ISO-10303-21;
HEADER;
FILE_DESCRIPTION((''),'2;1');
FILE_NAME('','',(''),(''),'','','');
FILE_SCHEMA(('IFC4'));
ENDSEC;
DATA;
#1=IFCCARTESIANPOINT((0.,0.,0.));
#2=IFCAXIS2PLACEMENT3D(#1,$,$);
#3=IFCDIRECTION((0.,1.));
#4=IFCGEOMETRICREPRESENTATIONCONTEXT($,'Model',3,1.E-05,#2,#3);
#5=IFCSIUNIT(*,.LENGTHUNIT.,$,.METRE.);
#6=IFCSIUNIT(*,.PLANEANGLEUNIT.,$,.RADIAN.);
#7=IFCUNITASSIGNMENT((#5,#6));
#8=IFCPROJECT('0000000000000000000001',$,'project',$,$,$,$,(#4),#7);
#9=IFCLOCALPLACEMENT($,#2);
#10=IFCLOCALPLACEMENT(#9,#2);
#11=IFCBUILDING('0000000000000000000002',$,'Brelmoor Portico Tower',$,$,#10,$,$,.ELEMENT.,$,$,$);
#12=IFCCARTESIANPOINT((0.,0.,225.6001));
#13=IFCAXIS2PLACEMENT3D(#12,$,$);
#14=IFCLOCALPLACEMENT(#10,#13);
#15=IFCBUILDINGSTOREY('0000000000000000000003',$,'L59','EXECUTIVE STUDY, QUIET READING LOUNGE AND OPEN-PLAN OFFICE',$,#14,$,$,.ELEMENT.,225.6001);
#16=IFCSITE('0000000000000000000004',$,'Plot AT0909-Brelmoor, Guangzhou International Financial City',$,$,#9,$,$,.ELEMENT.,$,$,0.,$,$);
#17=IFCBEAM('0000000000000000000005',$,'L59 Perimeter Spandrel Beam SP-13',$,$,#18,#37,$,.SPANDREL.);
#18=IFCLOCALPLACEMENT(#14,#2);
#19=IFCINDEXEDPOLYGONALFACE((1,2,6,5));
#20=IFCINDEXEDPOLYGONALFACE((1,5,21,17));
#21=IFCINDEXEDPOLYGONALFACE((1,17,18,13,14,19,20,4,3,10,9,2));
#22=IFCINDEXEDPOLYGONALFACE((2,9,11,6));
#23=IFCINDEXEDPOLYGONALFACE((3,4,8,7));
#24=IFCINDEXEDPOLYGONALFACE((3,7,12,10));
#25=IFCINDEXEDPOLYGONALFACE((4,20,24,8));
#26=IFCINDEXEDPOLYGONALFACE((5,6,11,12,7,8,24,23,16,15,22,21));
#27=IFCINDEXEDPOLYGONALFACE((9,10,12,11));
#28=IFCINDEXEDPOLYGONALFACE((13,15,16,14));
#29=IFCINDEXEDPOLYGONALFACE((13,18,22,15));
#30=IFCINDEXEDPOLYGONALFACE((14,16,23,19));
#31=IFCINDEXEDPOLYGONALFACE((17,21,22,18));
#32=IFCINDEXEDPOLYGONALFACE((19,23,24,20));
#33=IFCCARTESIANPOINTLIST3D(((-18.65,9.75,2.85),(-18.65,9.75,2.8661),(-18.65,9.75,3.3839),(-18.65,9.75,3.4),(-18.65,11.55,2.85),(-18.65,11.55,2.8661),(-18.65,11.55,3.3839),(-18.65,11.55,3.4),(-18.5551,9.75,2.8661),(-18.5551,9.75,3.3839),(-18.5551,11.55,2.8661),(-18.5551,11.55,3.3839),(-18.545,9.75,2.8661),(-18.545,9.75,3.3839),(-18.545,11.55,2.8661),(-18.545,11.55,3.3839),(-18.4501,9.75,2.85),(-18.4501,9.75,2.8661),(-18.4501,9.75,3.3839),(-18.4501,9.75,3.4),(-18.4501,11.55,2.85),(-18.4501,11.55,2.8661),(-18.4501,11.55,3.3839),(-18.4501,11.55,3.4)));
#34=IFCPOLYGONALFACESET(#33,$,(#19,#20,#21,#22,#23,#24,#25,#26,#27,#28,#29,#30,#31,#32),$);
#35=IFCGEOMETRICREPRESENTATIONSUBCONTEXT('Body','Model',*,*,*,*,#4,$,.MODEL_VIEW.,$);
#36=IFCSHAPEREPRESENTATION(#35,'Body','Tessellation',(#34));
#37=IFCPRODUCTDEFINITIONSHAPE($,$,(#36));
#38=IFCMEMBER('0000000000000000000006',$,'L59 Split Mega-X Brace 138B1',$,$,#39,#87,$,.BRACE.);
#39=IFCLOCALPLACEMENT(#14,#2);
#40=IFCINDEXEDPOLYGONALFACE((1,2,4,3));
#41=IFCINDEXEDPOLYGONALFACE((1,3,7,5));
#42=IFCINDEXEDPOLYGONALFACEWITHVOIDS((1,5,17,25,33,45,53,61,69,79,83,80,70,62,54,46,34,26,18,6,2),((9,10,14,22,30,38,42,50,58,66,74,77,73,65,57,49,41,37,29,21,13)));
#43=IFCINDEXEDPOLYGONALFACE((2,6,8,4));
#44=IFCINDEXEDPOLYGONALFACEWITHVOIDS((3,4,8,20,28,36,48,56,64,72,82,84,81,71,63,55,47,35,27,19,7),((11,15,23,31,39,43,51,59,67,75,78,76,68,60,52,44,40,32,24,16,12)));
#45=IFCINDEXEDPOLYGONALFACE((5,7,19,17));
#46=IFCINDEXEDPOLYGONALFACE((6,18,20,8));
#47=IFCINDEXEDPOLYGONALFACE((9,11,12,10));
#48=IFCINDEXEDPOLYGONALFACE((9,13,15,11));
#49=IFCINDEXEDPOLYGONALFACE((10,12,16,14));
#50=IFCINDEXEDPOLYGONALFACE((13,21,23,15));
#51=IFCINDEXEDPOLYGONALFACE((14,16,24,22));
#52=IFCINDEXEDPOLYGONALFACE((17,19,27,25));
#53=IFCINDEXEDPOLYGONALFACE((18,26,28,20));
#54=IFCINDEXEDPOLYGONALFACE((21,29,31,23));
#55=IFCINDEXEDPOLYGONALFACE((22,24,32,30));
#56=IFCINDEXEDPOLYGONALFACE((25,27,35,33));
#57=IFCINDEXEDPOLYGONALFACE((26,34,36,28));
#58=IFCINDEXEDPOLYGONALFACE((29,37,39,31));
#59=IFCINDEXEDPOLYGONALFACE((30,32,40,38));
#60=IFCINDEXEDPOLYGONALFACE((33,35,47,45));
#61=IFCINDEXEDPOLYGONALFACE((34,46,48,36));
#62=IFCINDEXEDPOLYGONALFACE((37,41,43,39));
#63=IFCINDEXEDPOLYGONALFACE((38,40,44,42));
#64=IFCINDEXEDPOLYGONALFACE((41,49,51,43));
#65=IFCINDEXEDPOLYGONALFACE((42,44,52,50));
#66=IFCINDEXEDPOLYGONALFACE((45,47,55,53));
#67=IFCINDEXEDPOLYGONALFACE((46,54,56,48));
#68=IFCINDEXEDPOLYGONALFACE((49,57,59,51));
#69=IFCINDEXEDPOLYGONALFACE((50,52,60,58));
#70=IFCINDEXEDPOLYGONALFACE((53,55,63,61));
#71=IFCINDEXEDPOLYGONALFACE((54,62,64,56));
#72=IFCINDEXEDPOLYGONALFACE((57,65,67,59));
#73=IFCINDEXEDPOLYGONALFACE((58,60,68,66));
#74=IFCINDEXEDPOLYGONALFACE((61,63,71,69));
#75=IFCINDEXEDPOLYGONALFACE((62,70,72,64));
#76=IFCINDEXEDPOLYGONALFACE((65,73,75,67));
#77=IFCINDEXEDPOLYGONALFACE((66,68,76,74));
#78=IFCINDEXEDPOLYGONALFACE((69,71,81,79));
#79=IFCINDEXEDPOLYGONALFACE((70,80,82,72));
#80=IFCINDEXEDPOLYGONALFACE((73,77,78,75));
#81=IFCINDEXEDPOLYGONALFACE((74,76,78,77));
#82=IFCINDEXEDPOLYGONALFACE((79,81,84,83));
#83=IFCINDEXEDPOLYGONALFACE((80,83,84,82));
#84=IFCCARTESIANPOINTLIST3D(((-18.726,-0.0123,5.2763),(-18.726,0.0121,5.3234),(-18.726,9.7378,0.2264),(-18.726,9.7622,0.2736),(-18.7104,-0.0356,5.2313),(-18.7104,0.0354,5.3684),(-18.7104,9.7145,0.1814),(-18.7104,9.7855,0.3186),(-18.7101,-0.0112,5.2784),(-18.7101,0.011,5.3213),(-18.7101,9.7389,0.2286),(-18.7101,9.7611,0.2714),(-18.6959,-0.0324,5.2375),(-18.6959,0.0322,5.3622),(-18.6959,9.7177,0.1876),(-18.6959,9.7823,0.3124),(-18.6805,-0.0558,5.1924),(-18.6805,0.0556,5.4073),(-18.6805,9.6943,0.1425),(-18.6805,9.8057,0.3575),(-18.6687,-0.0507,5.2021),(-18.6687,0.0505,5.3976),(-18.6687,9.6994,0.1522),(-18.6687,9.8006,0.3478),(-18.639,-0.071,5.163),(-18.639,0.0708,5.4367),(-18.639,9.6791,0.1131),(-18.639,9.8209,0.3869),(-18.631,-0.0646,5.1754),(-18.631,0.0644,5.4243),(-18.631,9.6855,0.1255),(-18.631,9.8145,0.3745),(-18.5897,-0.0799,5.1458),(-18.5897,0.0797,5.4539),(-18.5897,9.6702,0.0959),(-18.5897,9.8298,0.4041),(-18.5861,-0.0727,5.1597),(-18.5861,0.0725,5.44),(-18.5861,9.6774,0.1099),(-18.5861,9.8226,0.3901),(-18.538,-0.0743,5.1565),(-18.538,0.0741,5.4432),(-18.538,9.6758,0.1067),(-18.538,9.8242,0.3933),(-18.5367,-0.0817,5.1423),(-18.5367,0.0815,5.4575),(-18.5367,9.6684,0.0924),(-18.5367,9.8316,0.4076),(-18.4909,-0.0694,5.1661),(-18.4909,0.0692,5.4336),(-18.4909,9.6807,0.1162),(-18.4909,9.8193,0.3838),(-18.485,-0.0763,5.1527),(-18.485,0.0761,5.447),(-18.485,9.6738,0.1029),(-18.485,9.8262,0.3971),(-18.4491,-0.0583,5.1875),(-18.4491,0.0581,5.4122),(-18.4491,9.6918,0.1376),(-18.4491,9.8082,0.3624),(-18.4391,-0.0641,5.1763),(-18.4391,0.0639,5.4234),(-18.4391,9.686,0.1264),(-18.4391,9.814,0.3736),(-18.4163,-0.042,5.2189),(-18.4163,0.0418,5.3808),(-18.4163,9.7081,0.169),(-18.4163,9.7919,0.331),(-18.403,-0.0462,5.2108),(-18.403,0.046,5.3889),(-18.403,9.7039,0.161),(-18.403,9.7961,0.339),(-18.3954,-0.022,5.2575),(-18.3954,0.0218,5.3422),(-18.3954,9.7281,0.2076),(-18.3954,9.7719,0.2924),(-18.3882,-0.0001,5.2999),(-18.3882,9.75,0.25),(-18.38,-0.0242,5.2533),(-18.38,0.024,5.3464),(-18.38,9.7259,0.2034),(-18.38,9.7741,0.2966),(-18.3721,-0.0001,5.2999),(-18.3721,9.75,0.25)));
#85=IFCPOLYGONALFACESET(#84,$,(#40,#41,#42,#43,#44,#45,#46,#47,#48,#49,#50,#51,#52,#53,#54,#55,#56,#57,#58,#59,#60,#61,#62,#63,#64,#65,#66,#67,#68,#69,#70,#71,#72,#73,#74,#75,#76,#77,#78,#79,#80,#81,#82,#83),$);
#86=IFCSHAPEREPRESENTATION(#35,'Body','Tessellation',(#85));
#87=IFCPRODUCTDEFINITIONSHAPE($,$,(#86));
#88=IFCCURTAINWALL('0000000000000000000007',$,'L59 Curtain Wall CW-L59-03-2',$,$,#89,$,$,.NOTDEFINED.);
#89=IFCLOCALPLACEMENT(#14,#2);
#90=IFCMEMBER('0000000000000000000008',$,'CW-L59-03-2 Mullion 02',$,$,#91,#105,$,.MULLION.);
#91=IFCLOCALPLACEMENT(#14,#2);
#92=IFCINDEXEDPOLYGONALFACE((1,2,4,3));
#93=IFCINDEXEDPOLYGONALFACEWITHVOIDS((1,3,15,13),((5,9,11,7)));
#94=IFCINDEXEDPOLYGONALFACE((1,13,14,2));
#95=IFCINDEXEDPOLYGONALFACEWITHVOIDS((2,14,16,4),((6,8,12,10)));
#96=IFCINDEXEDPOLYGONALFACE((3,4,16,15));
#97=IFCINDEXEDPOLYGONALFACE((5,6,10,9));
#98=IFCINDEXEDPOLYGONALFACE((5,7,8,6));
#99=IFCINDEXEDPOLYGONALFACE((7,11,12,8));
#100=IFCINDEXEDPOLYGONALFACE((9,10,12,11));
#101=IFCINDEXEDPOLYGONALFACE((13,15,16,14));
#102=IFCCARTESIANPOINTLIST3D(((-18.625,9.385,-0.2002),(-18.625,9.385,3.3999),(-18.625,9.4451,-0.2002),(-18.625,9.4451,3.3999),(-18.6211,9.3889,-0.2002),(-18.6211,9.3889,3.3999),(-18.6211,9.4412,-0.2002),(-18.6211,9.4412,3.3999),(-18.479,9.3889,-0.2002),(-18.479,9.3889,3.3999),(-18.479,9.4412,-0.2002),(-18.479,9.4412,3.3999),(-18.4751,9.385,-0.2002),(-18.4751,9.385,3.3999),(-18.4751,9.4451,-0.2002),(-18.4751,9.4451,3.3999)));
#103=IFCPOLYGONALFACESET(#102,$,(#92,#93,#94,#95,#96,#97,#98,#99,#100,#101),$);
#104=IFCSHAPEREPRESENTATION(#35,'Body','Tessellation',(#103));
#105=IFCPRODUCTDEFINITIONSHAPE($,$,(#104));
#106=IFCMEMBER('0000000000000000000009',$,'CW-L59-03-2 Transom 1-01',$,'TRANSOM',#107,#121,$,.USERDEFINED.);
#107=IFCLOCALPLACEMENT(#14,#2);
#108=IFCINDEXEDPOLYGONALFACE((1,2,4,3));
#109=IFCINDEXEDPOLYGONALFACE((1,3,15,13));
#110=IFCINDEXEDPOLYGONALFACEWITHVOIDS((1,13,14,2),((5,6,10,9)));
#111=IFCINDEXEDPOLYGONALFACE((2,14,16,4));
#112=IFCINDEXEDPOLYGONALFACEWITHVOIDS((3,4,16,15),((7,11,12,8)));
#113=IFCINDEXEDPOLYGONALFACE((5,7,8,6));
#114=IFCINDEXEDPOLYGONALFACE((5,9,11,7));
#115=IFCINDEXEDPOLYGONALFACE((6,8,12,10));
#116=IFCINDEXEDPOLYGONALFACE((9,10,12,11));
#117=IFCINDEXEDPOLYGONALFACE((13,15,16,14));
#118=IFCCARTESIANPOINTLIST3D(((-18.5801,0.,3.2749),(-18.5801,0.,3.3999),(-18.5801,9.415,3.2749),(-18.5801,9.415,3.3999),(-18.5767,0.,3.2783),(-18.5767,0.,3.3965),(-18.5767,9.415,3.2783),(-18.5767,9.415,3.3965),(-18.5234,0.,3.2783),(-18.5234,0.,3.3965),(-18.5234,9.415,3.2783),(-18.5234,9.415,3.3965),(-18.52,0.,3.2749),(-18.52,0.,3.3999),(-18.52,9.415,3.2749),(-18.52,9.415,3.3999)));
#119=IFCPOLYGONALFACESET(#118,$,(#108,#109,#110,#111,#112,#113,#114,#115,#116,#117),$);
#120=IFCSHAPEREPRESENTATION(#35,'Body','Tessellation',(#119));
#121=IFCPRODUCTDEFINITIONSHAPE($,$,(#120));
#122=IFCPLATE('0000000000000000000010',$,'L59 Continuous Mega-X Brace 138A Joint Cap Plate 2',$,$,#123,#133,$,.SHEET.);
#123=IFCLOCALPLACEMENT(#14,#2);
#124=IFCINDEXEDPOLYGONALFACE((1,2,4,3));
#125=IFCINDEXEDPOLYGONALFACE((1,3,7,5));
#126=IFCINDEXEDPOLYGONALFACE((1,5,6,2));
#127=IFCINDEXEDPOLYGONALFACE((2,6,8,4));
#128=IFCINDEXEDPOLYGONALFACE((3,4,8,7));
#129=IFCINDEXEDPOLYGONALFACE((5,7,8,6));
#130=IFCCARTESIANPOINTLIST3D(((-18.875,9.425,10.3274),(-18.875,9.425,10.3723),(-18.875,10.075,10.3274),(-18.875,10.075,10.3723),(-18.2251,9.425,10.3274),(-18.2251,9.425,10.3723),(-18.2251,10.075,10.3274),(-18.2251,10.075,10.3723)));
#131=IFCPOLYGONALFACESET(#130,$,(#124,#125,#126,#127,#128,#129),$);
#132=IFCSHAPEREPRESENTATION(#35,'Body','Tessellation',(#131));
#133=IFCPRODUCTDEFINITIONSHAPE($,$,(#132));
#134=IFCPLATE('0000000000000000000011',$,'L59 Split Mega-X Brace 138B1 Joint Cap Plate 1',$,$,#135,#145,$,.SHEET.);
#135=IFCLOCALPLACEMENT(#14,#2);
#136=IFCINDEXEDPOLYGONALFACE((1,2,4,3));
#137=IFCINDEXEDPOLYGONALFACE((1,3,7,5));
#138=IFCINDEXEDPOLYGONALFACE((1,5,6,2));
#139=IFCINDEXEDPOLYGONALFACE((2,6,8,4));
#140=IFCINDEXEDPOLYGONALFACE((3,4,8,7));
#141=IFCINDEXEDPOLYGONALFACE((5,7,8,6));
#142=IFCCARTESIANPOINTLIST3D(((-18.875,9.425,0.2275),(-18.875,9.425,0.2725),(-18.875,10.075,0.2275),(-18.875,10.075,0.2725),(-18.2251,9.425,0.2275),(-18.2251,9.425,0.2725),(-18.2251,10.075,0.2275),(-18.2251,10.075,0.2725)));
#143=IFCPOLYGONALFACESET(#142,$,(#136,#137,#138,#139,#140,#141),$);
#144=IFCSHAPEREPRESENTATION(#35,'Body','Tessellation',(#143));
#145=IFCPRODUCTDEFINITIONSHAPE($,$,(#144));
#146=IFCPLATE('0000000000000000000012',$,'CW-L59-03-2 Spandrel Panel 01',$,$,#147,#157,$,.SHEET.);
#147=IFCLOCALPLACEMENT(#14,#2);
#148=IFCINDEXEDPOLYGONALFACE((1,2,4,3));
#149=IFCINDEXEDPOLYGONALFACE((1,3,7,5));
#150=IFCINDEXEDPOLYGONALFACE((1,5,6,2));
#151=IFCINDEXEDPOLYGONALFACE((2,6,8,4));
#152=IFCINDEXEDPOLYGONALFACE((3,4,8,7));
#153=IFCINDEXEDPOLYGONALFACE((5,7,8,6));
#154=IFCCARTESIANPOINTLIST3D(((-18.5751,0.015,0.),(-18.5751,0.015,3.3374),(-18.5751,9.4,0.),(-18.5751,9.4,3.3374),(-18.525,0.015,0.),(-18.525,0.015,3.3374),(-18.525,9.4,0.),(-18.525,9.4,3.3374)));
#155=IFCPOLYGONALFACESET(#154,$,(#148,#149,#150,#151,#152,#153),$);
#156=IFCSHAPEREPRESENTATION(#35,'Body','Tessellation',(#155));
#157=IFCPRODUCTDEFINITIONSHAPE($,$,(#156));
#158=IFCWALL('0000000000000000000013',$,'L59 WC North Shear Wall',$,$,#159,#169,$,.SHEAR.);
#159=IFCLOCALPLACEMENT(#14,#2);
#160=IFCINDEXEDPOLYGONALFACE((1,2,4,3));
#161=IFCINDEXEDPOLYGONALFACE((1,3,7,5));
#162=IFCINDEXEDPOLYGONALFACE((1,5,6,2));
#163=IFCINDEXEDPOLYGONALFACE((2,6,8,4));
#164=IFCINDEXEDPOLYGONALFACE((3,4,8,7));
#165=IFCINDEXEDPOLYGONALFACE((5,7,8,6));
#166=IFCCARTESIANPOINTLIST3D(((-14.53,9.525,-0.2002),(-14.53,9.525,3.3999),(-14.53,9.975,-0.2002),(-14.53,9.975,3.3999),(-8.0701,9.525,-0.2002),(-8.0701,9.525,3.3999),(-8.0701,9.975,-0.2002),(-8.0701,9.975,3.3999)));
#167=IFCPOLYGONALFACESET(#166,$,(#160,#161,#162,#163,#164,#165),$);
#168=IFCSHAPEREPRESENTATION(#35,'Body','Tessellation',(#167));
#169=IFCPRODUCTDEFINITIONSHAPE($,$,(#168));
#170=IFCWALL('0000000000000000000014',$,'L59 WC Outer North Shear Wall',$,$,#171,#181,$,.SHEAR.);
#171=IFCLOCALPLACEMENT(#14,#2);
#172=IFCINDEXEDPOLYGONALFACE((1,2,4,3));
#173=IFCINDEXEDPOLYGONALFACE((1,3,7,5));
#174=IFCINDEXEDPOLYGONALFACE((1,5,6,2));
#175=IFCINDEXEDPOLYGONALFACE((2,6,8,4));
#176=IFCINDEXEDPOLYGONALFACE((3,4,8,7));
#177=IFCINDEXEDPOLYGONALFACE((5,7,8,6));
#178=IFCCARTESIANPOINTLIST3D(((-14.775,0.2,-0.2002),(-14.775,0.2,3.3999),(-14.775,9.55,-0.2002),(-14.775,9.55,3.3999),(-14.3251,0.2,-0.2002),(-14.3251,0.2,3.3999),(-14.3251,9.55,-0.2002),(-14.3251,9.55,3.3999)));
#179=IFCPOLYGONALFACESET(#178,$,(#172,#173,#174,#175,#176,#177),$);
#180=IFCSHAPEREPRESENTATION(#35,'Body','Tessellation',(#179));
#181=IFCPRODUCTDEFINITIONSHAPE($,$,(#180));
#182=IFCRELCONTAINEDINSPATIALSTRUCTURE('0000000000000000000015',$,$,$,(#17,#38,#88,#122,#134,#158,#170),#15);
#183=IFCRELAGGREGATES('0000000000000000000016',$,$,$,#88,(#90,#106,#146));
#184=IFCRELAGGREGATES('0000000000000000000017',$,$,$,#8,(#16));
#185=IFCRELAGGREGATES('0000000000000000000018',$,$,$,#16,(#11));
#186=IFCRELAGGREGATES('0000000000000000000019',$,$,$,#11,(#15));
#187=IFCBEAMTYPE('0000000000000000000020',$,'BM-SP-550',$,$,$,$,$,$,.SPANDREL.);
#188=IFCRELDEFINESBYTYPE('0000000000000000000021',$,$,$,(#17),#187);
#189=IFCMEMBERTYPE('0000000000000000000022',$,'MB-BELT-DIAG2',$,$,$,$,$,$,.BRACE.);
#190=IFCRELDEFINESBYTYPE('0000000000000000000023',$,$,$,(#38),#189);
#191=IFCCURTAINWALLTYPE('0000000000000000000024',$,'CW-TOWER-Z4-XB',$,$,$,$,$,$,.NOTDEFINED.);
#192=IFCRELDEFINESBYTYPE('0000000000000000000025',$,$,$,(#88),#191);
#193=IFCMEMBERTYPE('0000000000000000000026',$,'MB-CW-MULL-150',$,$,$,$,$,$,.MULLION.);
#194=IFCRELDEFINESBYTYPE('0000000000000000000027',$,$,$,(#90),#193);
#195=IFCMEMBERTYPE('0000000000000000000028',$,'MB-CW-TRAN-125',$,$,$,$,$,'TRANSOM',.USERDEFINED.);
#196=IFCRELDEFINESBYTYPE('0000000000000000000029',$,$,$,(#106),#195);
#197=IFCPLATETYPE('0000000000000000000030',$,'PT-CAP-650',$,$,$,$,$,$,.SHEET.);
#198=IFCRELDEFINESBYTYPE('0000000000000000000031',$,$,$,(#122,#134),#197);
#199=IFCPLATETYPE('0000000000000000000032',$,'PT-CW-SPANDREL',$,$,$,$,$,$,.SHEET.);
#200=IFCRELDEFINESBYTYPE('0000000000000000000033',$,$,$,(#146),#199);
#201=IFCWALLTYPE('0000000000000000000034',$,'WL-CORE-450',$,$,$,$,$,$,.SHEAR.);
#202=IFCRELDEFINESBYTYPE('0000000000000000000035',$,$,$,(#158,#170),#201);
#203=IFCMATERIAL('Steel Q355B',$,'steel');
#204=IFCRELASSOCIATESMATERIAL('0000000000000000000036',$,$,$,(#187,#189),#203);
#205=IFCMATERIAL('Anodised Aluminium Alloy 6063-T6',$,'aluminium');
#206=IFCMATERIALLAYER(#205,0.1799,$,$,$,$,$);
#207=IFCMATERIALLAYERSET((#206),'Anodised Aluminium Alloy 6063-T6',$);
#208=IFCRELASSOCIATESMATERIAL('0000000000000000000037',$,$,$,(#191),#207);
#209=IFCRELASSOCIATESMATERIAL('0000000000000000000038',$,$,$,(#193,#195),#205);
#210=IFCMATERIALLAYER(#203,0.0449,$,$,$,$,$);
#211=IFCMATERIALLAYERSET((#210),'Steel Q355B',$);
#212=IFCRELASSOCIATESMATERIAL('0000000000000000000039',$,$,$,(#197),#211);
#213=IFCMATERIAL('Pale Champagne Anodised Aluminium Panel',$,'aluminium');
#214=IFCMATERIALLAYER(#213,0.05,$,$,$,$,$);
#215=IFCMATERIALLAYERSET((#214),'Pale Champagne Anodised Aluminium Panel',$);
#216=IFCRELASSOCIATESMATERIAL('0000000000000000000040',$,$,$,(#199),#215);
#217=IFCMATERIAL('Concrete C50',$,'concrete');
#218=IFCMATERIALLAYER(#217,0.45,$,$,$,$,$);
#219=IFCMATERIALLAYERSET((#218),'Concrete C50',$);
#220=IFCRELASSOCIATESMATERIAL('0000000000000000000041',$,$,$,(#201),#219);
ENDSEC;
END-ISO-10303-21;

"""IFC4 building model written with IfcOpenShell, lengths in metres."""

from ifc_helpers import new_model, si_unit, direction, frame, frame_2d, origin, origin_2d, place, context, subcontext, project, spatial, rectangle, hollow_rectangle, hollow_circle, i_section, extrude, material, layer, layer_set, material_profile, profile_set, type_object, element, aggregate, save


model = new_model("IFC4")

# Units and contexts
model_context = context("Model", 3, precision=1e-05, world=origin(), true_north=direction((0.0, 1.0)))
body_context = subcontext(model_context, "Body", "Model", "MODEL_VIEW")
ifc_project = project(units=[si_unit("LENGTHUNIT", "METRE"), si_unit("PLANEANGLEUNIT", "RADIAN")], contexts=[model_context])

# Site, building, storey
site_placement = place(None, origin())
site = spatial("IfcSite", under=ifc_project, at=site_placement, Name="Plot AT0909-Brelmoor, Guangzhou International Financial City", CompositionType="ELEMENT", RefElevation=0.0)
building_placement = place(site_placement, origin())
building = spatial("IfcBuilding", under=site, at=building_placement, Name="Brelmoor Portico Tower", CompositionType="ELEMENT")
storey_placement = place(building_placement, frame((0.0, 0.0, 225.6001)))
storey = spatial("IfcBuildingStorey", under=building, at=storey_placement, Name="L59", Description="EXECUTIVE STUDY, QUIET READING LOUNGE AND OPEN-PLAN OFFICE", CompositionType="ELEMENT", Elevation=225.6001)

# Shared definitions
ifc_material_1 = material(Name="Steel Q355B", Category="steel")

# Beam
ifc_material_profile_1 = material_profile(ifc_material_1, i_section(OverallWidth=0.2, OverallDepth=0.55, WebThickness=0.01, FlangeThickness=0.0161, at=origin_2d()), Name="HN 550x200x10x16")
ifc_profile_set_1 = profile_set([ifc_material_profile_1], Name="Steel Q355B")
beam_type_1 = type_object("IfcBeamType", Name="BM-SP-550", PredefinedType="SPANDREL", material=ifc_profile_set_1)
beam_1_placement = place(storey_placement, frame((-18.55, 9.75, 3.125), z_axis=(0.0, 1.0, 0.0), x_axis=(-1.0, 0.0, 0.0)))
element("IfcBeam", 1, at=beam_1_placement, inside=storey, type_object=beam_type_1, Name="L59 Perimeter Spandrel Beam SP-13", PredefinedType="SPANDREL", context=body_context, shape_type="SweptSolid", body=[
    extrude(i_section(OverallWidth=0.2, OverallDepth=0.55, WebThickness=0.01, FlangeThickness=0.0161, at=origin_2d()), origin(), (0.0, 0.0, 1.0), 1.8),
])

# Member
ifc_material_profile_2 = material_profile(ifc_material_1, hollow_circle(Radius=0.178, WallThickness=0.0161, at=origin_2d()), Name="CHS 356x16")
ifc_profile_set_2 = profile_set([ifc_material_profile_2], Name="Steel Q355B")
member_type_1 = type_object("IfcMemberType", Name="MB-BELT-DIAG2", PredefinedType="BRACE", material=ifc_profile_set_2)
member_1_placement = place(storey_placement, frame((-18.55, 9.75, 0.25), z_axis=(0.0, -0.887968, 0.459904), x_axis=(1.0, 0.0, 0.0)))
element("IfcMember", 2, at=member_1_placement, inside=storey, type_object=member_type_1, Name="L59 Split Mega-X Brace 138B1", PredefinedType="BRACE", context=body_context, shape_type="SweptSolid", body=[
    extrude(hollow_circle(Radius=0.178, WallThickness=0.0161, at=origin_2d()), origin(), (0.0, 0.0, 1.0), 10.9802),
])

# Curtain wall, members
ifc_material_2 = material(Name="Anodised Aluminium Alloy 6063-T6", Category="aluminium")
ifc_layer_1 = layer(ifc_material_2, 0.1799)
ifc_layer_set_1 = layer_set([ifc_layer_1], Name="Anodised Aluminium Alloy 6063-T6")
curtain_wall_type = type_object("IfcCurtainWallType", Name="CW-TOWER-Z4-XB", PredefinedType="NOTDEFINED", material=ifc_layer_set_1)
curtain_wall_placement = place(storey_placement, origin())
curtain_wall = element("IfcCurtainWall", 3, at=curtain_wall_placement, inside=storey, type_object=curtain_wall_type, Name="L59 Curtain Wall CW-L59-03-2", PredefinedType="NOTDEFINED")
ifc_material_profile_3 = material_profile(ifc_material_2, hollow_rectangle(XDim=0.0601, YDim=0.1499, WallThickness=0.0039, at=origin_2d()), Name="ALU MULLION 60x150")
ifc_profile_set_3 = profile_set([ifc_material_profile_3], Name="Anodised Aluminium Alloy 6063-T6")
member_type_2 = type_object("IfcMemberType", Name="MB-CW-MULL-150", PredefinedType="MULLION", material=ifc_profile_set_3)
member_2_placement = place(storey_placement, frame((-18.55, 9.415, -0.2002), z_axis=(0.0, 0.0, 1.0), x_axis=(0.0, 1.0, 0.0)))
member_2 = element("IfcMember", 4, at=member_2_placement, type_object=member_type_2, Name="CW-L59-03-2 Mullion 02", PredefinedType="MULLION", context=body_context, shape_type="SweptSolid", body=[
    extrude(hollow_rectangle(XDim=0.0601, YDim=0.1499, WallThickness=0.0039, at=origin_2d()), origin(), (0.0, 0.0, 1.0), 3.6001),
])
ifc_material_profile_4 = material_profile(ifc_material_2, hollow_rectangle(XDim=0.0601, YDim=0.125, WallThickness=0.0034, at=origin_2d()), Name="ALU TRANSOM 60x125")
ifc_profile_set_4 = profile_set([ifc_material_profile_4], Name="Anodised Aluminium Alloy 6063-T6")
member_type_3 = type_object("IfcMemberType", Name="MB-CW-TRAN-125", ElementType="TRANSOM", PredefinedType="USERDEFINED", material=ifc_profile_set_4)
member_3_placement = place(storey_placement, frame((-18.55, 0.0, 3.3374), z_axis=(0.0, 1.0, 0.0), x_axis=(-1.0, 0.0, 0.0)))
member_3 = element("IfcMember", 5, at=member_3_placement, type_object=member_type_3, Name="CW-L59-03-2 Transom 1-01", ObjectType="TRANSOM", PredefinedType="USERDEFINED", context=body_context, shape_type="SweptSolid", body=[
    extrude(hollow_rectangle(XDim=0.0601, YDim=0.125, WallThickness=0.0034, at=origin_2d()), origin(), (0.0, 0.0, 1.0), 9.415),
])

# Plates
ifc_layer_2 = layer(ifc_material_1, 0.0449)
ifc_layer_set_2 = layer_set([ifc_layer_2], Name="Steel Q355B")
plate_type_1 = type_object("IfcPlateType", Name="PT-CAP-650", PredefinedType="SHEET", material=ifc_layer_set_2)
for number, where, z_axis, x_axis, name in (
    (6, (-18.55, 9.75, 10.3274), (0.0, 0.0, 1.0), (1.0, 0.0, 0.0), "L59 Continuous Mega-X Brace 138A Joint Cap Plate 2"),
    (7, (-18.55, 9.75, 0.2275), (0.0, 0.0, 1.0), (1.0, 0.0, 0.0), "L59 Split Mega-X Brace 138B1 Joint Cap Plate 1"),
):
    element("IfcPlate", number, at=place(storey_placement, frame(where, z_axis=z_axis, x_axis=x_axis)), inside=storey, type_object=plate_type_1, Name=name, PredefinedType="SHEET", context=body_context, shape_type="SweptSolid", body=[
        extrude(rectangle(XDim=0.6499, YDim=0.6499, at=origin_2d()), origin(), (0.0, 0.0, 1.0), 0.0449),
    ])

# Plate
ifc_material_3 = material(Name="Pale Champagne Anodised Aluminium Panel", Category="aluminium")
ifc_layer_3 = layer(ifc_material_3, 0.05)
ifc_layer_set_3 = layer_set([ifc_layer_3], Name="Pale Champagne Anodised Aluminium Panel")
plate_type_2 = type_object("IfcPlateType", Name="PT-CW-SPANDREL", PredefinedType="SHEET", material=ifc_layer_set_3)
plate_placement = place(storey_placement, frame((-18.55, 4.7075, 0.0), z_axis=(0.0, 0.0, 1.0), x_axis=(0.0, 1.0, 0.0)))
plate = element("IfcPlate", 8, at=plate_placement, type_object=plate_type_2, Name="CW-L59-03-2 Spandrel Panel 01", PredefinedType="SHEET", context=body_context, shape_type="SweptSolid", body=[
    extrude(rectangle(XDim=9.385, YDim=0.05, at=origin_2d()), origin(), (0.0, 0.0, 1.0), 3.3374),
])
aggregate(curtain_wall, [member_2, member_3, plate])

# Walls
ifc_material_4 = material(Name="Concrete C50", Category="concrete")
ifc_layer_4 = layer(ifc_material_4, 0.45)
ifc_layer_set_4 = layer_set([ifc_layer_4], Name="Concrete C50")
wall_type_1 = type_object("IfcWallType", Name="WL-CORE-450", PredefinedType="SHEAR", material=ifc_layer_set_4)
wall_1_placement = place(storey_placement, frame((-14.53, 9.75, -0.2002), z_axis=(0.0, 0.0, 1.0), x_axis=(1.0, 0.0, 0.0)))
element("IfcWall", 9, at=wall_1_placement, inside=storey, type_object=wall_type_1, Name="L59 WC North Shear Wall", PredefinedType="SHEAR", context=body_context, shape_type="SweptSolid", body=[
    extrude(rectangle(XDim=6.46, YDim=0.45, at=frame_2d((3.23, 0.0))), origin(), (0.0, 0.0, 1.0), 3.6001),
])
wall_2_placement = place(storey_placement, frame((-14.55, 0.2, -0.2002), z_axis=(0.0, 0.0, 1.0), x_axis=(0.0, 1.0, 0.0)))
element("IfcWall", 10, at=wall_2_placement, inside=storey, type_object=wall_type_1, Name="L59 WC Outer North Shear Wall", PredefinedType="SHEAR", context=body_context, shape_type="SweptSolid", body=[
    extrude(rectangle(XDim=9.3501, YDim=0.45, at=frame_2d((4.675, 0.0))), origin(), (0.0, 0.0, 1.0), 3.6001),
])

save(model, "model.ifc")
